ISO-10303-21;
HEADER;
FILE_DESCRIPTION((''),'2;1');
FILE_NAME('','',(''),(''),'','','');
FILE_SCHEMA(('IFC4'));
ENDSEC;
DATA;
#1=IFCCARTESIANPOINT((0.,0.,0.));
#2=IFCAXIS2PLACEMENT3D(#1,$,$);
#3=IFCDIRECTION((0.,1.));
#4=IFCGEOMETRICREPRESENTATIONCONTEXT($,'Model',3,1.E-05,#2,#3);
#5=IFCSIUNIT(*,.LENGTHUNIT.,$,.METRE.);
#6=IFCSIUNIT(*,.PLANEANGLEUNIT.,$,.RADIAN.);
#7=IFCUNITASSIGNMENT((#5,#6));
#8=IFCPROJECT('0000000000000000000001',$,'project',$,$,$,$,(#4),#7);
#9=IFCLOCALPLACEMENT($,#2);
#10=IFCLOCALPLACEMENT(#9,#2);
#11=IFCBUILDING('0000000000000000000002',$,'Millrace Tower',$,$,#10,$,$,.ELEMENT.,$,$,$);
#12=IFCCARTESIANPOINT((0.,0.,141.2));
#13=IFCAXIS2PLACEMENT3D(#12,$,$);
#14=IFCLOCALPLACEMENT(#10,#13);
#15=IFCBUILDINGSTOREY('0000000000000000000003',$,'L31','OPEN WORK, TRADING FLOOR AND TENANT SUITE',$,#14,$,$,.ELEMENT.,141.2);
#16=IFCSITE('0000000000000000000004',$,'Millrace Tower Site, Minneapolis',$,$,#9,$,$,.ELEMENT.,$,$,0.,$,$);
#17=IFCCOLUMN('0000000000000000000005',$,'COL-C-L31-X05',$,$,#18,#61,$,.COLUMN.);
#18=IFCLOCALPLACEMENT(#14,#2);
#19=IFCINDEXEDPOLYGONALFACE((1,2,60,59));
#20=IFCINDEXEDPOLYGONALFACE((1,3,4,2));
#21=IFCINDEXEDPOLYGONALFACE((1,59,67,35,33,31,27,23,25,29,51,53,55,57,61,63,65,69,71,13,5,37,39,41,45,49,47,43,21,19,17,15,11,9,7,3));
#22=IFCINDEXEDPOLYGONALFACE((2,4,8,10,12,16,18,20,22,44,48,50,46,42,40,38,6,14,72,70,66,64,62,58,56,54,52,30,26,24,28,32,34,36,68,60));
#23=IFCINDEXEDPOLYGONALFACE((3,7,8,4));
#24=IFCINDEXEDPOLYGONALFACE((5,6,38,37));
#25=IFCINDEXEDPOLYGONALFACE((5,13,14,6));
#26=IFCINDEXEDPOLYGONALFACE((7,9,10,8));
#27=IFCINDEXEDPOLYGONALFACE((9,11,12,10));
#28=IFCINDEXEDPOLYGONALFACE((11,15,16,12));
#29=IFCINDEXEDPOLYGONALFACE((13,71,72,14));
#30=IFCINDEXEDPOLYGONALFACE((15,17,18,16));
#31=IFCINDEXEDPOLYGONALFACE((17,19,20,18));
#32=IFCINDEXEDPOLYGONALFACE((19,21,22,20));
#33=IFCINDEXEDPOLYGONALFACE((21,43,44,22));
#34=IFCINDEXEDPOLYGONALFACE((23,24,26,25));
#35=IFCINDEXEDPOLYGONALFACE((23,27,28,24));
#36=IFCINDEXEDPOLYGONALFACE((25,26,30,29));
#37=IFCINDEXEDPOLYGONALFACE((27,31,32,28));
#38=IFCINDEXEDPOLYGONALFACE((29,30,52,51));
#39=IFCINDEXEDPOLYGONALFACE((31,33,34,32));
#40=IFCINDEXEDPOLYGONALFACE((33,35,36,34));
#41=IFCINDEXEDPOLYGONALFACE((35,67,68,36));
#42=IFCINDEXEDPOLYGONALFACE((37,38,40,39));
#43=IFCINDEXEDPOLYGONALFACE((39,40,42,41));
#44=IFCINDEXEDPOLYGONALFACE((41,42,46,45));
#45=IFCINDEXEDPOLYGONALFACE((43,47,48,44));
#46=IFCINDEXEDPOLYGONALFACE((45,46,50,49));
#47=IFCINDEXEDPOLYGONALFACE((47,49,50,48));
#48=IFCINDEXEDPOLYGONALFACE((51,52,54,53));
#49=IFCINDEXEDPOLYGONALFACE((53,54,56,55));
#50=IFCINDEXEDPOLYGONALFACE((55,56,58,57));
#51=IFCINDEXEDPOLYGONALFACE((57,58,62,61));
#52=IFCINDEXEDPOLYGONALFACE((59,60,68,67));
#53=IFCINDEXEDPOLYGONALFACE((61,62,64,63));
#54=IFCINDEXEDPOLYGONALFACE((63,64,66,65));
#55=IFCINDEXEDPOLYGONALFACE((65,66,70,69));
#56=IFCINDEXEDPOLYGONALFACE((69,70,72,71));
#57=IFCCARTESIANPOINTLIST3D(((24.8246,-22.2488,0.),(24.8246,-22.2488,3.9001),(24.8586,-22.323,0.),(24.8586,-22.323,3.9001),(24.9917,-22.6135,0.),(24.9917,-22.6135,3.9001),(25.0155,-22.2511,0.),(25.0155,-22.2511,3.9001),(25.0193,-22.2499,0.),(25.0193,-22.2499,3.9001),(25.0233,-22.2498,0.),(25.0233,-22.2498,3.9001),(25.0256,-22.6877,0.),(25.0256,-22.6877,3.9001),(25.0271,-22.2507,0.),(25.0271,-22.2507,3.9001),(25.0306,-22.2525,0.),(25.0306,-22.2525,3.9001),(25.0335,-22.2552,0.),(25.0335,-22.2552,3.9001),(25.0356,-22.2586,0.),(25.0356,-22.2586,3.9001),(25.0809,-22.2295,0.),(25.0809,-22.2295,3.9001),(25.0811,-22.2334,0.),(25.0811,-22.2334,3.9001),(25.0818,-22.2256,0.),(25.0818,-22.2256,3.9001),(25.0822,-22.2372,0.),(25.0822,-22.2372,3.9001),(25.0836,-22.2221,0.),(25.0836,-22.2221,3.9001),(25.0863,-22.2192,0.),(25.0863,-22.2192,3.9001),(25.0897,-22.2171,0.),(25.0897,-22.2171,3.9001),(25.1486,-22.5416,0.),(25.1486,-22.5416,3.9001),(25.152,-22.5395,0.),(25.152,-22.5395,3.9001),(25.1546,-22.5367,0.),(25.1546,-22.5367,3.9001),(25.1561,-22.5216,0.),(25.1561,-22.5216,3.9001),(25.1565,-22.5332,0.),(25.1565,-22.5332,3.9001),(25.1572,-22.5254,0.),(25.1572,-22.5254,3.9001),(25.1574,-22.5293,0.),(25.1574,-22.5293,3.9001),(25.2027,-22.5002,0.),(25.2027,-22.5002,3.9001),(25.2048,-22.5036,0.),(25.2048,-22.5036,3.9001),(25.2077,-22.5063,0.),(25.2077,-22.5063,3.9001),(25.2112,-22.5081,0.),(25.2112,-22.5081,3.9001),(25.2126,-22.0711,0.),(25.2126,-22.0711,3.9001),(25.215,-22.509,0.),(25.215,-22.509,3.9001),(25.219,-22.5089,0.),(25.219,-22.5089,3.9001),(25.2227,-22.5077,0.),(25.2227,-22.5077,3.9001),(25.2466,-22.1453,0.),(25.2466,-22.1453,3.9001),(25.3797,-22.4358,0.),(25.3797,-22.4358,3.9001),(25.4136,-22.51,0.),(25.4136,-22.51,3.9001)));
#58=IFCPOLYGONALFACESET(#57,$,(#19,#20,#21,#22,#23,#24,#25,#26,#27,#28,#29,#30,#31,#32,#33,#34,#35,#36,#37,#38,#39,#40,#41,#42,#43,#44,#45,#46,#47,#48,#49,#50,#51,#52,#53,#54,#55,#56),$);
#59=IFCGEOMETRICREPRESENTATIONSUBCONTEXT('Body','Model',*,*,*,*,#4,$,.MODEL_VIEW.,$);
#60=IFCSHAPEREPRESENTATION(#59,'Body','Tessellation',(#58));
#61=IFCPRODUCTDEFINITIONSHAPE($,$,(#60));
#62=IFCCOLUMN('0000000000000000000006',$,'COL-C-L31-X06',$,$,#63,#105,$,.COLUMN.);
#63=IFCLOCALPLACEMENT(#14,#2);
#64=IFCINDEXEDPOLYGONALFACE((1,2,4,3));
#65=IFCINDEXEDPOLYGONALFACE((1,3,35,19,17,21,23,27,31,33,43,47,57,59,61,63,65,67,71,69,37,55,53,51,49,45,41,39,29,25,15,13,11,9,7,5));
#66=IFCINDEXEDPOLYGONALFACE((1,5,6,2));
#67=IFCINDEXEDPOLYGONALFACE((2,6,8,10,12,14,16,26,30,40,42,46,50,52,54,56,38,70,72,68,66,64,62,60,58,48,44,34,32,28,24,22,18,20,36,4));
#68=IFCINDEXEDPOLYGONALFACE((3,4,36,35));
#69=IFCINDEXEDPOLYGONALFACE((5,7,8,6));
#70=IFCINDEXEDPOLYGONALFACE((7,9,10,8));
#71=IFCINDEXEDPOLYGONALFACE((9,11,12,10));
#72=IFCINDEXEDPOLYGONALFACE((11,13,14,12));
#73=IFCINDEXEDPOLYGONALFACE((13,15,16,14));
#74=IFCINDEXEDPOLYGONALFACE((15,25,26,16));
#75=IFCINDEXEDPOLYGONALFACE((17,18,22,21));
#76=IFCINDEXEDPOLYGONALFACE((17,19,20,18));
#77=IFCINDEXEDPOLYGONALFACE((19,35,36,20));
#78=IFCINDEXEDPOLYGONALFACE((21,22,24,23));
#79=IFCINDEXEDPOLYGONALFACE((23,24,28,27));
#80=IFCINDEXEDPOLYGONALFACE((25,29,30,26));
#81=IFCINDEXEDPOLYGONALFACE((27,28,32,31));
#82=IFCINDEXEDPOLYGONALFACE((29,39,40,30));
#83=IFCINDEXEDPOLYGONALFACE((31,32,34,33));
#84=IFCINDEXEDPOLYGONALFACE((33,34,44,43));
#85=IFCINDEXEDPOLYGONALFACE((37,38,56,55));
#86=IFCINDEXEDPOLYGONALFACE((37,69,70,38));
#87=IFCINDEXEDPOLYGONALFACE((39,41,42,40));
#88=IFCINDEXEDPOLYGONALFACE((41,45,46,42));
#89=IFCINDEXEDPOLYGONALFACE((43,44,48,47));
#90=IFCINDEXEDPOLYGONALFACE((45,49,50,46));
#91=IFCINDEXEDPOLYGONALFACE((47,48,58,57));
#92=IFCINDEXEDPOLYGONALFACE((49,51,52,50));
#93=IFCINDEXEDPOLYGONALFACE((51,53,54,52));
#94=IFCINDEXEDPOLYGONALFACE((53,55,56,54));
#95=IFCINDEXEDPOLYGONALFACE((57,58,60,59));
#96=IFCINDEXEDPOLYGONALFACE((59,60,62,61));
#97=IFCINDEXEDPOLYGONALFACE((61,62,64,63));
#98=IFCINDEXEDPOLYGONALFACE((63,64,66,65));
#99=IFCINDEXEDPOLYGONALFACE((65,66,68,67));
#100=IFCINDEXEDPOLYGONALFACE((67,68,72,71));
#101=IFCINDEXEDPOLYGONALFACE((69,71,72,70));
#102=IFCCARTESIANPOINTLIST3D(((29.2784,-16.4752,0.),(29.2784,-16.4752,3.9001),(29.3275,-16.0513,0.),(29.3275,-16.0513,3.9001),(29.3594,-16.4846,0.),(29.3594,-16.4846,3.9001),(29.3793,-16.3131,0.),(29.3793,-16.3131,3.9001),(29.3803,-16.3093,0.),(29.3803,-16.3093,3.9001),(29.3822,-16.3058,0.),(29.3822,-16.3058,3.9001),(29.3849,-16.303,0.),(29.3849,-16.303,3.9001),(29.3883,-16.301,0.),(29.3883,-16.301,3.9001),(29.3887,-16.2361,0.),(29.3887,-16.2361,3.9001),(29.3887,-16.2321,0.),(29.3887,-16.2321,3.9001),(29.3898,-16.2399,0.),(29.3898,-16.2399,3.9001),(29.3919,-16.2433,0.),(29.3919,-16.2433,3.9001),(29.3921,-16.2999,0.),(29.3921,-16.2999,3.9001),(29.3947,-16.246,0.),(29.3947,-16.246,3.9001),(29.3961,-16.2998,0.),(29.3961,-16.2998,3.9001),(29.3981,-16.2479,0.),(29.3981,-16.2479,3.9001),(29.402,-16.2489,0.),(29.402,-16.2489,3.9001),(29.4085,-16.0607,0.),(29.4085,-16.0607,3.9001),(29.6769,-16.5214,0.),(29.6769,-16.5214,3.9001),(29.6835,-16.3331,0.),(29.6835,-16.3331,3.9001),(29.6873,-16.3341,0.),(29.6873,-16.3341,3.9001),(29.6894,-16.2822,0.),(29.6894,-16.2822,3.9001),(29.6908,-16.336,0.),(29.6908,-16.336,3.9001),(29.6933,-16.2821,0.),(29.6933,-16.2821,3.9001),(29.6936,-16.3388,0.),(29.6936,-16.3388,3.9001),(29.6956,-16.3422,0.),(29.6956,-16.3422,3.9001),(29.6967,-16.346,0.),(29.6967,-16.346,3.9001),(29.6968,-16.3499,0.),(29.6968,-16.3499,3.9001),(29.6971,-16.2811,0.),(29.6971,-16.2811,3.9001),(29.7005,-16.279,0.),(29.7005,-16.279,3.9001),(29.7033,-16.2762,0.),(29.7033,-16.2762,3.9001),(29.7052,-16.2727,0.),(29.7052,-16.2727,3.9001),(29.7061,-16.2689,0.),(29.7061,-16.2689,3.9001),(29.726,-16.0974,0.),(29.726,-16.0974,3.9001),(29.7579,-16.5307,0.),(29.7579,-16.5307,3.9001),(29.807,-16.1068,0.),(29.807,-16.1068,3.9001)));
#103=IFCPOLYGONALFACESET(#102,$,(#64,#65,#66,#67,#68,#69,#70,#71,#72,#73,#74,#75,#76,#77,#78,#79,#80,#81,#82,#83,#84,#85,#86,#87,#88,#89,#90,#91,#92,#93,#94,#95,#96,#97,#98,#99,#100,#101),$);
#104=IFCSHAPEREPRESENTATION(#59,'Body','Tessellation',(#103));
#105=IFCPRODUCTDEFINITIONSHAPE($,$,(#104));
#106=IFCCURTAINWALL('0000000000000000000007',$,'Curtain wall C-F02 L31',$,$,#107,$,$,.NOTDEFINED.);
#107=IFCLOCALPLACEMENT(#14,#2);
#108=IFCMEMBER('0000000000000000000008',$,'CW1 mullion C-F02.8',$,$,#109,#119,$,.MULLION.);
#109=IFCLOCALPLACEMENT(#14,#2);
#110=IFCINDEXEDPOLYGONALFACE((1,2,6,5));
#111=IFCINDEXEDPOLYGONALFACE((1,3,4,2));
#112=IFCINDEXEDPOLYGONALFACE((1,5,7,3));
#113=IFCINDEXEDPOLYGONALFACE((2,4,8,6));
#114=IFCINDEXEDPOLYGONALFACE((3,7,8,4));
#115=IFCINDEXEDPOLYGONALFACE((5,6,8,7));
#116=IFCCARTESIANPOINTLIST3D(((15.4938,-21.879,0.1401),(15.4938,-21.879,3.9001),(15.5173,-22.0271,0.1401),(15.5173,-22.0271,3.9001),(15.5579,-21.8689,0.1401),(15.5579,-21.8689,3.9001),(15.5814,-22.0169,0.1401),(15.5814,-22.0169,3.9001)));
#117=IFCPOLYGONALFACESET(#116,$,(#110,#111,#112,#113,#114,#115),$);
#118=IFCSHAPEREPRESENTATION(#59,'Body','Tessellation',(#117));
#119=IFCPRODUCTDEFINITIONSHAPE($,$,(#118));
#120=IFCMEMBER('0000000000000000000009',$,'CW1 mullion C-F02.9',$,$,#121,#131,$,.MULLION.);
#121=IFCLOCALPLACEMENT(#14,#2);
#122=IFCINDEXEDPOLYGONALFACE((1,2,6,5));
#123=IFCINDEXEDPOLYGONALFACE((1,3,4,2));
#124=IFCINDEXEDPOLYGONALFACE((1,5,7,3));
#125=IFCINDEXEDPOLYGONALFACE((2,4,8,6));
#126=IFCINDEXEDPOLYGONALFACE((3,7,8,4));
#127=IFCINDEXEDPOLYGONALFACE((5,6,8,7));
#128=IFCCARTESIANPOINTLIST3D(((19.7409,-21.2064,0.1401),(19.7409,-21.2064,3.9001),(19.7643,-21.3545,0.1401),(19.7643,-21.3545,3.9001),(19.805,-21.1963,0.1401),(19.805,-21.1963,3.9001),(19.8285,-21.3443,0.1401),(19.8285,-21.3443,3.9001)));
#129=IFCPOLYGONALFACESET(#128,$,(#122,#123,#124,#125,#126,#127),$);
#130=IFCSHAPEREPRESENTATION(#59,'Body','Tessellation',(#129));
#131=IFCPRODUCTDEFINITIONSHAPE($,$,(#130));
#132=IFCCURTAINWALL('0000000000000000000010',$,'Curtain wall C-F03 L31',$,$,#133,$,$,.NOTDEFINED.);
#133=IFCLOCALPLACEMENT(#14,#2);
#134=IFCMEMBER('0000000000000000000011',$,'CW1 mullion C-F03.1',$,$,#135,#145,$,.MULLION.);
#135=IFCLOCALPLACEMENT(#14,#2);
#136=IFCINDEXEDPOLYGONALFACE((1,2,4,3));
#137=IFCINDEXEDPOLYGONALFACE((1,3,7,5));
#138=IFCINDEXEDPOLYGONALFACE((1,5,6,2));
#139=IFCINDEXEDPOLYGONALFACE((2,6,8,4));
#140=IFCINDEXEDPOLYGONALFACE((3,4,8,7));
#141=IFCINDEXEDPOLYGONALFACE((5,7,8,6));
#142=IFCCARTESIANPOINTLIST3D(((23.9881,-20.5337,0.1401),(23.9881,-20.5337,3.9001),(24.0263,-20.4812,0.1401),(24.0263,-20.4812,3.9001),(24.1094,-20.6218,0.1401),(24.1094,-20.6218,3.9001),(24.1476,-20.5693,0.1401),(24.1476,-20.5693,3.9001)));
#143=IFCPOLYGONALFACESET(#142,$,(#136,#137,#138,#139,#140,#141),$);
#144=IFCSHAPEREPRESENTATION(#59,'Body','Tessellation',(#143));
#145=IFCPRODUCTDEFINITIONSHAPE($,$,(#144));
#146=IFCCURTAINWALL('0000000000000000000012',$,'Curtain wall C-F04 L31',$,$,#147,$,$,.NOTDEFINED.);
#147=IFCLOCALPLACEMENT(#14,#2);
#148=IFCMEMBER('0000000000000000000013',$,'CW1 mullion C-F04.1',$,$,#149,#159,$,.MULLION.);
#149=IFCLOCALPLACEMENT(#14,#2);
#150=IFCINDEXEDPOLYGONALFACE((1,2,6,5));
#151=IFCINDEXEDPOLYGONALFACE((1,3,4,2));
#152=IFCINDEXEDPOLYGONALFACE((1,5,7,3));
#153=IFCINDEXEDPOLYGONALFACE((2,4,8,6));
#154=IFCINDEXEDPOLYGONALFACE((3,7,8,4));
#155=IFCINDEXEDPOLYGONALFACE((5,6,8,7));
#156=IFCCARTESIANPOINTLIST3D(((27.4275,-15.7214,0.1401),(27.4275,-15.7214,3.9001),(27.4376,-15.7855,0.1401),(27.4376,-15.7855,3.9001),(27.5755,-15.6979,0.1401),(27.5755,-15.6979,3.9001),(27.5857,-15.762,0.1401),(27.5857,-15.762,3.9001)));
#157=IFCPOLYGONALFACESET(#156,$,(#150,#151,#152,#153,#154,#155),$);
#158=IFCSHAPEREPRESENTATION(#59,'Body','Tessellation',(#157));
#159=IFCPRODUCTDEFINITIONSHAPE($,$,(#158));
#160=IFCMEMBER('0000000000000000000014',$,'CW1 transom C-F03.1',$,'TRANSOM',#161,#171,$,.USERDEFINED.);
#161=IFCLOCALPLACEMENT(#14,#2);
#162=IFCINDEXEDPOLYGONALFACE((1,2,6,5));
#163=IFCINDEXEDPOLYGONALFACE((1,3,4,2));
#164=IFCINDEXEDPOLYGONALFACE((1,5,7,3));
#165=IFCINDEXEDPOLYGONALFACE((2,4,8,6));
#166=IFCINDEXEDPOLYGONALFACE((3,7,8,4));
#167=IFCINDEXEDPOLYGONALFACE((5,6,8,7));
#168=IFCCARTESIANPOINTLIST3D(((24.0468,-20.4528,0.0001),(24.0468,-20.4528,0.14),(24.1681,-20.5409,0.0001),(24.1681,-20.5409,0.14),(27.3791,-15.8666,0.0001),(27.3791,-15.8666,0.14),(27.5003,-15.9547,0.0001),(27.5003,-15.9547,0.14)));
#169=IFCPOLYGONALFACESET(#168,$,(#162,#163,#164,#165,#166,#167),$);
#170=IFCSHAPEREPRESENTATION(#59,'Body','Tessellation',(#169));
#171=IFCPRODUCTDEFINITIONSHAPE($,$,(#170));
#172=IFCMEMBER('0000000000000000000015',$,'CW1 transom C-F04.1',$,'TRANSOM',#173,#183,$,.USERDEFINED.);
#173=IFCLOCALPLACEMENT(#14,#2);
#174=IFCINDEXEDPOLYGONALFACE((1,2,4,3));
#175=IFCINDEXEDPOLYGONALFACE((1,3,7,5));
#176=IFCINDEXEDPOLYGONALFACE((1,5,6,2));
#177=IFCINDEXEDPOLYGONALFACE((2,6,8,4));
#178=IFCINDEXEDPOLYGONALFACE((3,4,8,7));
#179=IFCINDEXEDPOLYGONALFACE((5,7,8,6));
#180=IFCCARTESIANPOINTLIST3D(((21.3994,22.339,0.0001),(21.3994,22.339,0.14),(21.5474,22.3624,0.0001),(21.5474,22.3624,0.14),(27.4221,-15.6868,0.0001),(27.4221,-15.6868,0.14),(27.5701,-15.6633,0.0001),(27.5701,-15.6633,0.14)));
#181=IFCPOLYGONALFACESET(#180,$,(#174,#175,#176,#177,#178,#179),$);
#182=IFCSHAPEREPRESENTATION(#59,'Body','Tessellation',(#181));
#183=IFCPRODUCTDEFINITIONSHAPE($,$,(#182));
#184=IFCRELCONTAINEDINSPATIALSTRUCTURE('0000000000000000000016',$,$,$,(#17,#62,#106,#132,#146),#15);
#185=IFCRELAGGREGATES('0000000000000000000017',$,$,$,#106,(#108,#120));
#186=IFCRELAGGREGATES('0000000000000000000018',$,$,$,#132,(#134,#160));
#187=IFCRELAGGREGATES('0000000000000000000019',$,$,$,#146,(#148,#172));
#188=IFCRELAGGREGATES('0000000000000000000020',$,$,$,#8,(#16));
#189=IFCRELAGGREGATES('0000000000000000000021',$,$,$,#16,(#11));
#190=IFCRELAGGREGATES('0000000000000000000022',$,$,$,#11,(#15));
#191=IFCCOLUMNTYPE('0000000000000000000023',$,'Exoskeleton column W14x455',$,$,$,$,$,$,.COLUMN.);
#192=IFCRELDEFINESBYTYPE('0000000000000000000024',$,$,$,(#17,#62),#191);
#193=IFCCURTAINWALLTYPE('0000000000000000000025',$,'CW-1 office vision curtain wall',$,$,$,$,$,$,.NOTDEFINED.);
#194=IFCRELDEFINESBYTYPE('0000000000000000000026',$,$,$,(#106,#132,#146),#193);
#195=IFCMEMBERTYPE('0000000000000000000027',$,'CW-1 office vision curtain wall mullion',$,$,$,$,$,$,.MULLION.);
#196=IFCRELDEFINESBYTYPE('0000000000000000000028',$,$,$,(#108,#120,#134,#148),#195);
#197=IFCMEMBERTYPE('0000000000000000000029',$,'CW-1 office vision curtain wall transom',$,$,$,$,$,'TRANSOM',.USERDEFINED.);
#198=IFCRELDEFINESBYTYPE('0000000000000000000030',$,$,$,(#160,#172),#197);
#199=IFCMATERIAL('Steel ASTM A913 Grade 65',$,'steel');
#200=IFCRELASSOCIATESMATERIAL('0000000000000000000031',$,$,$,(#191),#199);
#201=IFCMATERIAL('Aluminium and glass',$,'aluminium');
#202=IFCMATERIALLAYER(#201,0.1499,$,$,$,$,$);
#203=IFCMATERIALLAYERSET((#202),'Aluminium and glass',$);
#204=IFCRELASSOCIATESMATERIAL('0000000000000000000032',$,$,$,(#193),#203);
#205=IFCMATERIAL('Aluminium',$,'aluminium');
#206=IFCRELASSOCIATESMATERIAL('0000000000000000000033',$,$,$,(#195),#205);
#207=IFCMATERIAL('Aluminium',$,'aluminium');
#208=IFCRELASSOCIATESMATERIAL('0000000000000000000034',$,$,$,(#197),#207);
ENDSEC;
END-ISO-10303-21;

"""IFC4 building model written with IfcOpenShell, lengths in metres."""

from ifc_helpers import new_model, si_unit, direction, frame, origin, origin_2d, place, context, subcontext, project, spatial, rectangle, i_section, extrude, material, layer, layer_set, material_profile, profile_set, type_object, element, aggregate, save


model = new_model("IFC4")

# Units and contexts
model_context = context("Model", 3, precision=1e-05, world=origin(), true_north=direction((0.0, 1.0)))
body_context = subcontext(model_context, "Body", "Model", "MODEL_VIEW")
ifc_project = project(units=[si_unit("LENGTHUNIT", "METRE"), si_unit("PLANEANGLEUNIT", "RADIAN")], contexts=[model_context])

# Site, building, storey
site_placement = place(None, origin())
site = spatial("IfcSite", under=ifc_project, at=site_placement, Name="Millrace Tower Site, Minneapolis", CompositionType="ELEMENT", RefElevation=0.0)
building_placement = place(site_placement, origin())
building = spatial("IfcBuilding", under=site, at=building_placement, Name="Millrace Tower", CompositionType="ELEMENT")
storey_placement = place(building_placement, frame((0.0, 0.0, 141.2)))
storey = spatial("IfcBuildingStorey", under=building, at=storey_placement, Name="L31", Description="OPEN WORK, TRADING FLOOR AND TENANT SUITE", CompositionType="ELEMENT", Elevation=141.2)

# Columns
ifc_material_1 = material(Name="Steel ASTM A913 Grade 65", Category="steel")
ifc_material_profile_1 = material_profile(ifc_material_1, i_section(OverallWidth=0.4268, OverallDepth=0.4827, WebThickness=0.0513, FlangeThickness=0.0815, FilletRadius=0.0151, at=origin_2d()))
ifc_profile_set_1 = profile_set([ifc_material_profile_1], Name="Steel ASTM A913 Grade 65")
column_type = type_object("IfcColumnType", Name="Exoskeleton column W14x455", PredefinedType="COLUMN", material=ifc_profile_set_1)
for number, where, z_axis, x_axis, name in (
    (1, (25.1191, -22.3794, 0.0), (0.0, 0.0, 1.0), (0.909181, 0.416401, 0.0), "COL-C-L31-X05"),
    (2, (29.5427, -16.291, 0.0), (0.0, 0.0, 1.0), (0.115069, 0.993358, 0.0), "COL-C-L31-X06"),
):
    element("IfcColumn", number, at=place(storey_placement, frame(where, z_axis=z_axis, x_axis=x_axis)), inside=storey, type_object=column_type, Name=name, PredefinedType="COLUMN", context=body_context, shape_type="SweptSolid", body=[
        extrude(i_section(OverallWidth=0.4268, OverallDepth=0.4827, WebThickness=0.0513, FlangeThickness=0.0815, FilletRadius=0.0151, at=origin_2d()), origin(), (0.0, 0.0, 1.0), 3.9001),
    ])

# Curtain wall, members
ifc_material_2 = material(Name="Aluminium and glass", Category="aluminium")
ifc_layer_1 = layer(ifc_material_2, 0.1499)
ifc_layer_set_1 = layer_set([ifc_layer_1], Name="Aluminium and glass")
curtain_wall_type = type_object("IfcCurtainWallType", Name="CW-1 office vision curtain wall", PredefinedType="NOTDEFINED", material=ifc_layer_set_1)
placement = place(storey_placement, origin())
curtain_wall_1 = element("IfcCurtainWall", 3, at=placement, inside=storey, type_object=curtain_wall_type, Name="Curtain wall C-F02 L31", PredefinedType="NOTDEFINED")
ifc_material_3 = material(Name="Aluminium", Category="aluminium")
ifc_material_profile_2 = material_profile(ifc_material_3, rectangle(XDim=0.0649, YDim=0.1499, at=origin_2d()))
ifc_profile_set_2 = profile_set([ifc_material_profile_2], Name="Aluminium")
member_type_1 = type_object("IfcMemberType", Name="CW-1 office vision curtain wall mullion", PredefinedType="MULLION", material=ifc_profile_set_2)
member_1_placement = place(storey_placement, frame((15.5376, -21.948, 0.1401), z_axis=(0.0, 0.0, 1.0), x_axis=(0.987688, 0.156434, 0.0)))
member_1 = element("IfcMember", 4, at=member_1_placement, type_object=member_type_1, Name="CW1 mullion C-F02.8", PredefinedType="MULLION", context=body_context, shape_type="SweptSolid", body=[
    extrude(rectangle(XDim=0.0649, YDim=0.1499, at=origin_2d()), origin(), (0.0, 0.0, 1.0), 3.76),
])
member_2_placement = place(storey_placement, frame((19.7847, -21.2754, 0.1401), z_axis=(0.0, 0.0, 1.0), x_axis=(0.987688, 0.156434, 0.0)))
member_2 = element("IfcMember", 5, at=member_2_placement, type_object=member_type_1, Name="CW1 mullion C-F02.9", PredefinedType="MULLION", context=body_context, shape_type="SweptSolid", body=[
    extrude(rectangle(XDim=0.0649, YDim=0.1499, at=origin_2d()), origin(), (0.0, 0.0, 1.0), 3.76),
])
aggregate(curtain_wall_1, [member_1, member_2])

# Curtain walls, members
curtain_wall_2 = element("IfcCurtainWall", 6, at=placement, inside=storey, type_object=curtain_wall_type, Name="Curtain wall C-F03 L31", PredefinedType="NOTDEFINED")
member_3_placement = place(storey_placement, frame((24.0679, -20.5515, 0.1401), z_axis=(0.0, 0.0, 1.0), x_axis=(0.587785, 0.809017, 0.0)))
member_3 = element("IfcMember", 7, at=member_3_placement, type_object=member_type_1, Name="CW1 mullion C-F03.1", PredefinedType="MULLION", context=body_context, shape_type="SweptSolid", body=[
    extrude(rectangle(XDim=0.0649, YDim=0.1499, at=origin_2d()), origin(), (0.0, 0.0, 1.0), 3.76),
])
curtain_wall_3 = element("IfcCurtainWall", 8, at=placement, inside=storey, type_object=curtain_wall_type, Name="Curtain wall C-F04 L31", PredefinedType="NOTDEFINED")
member_4_placement = place(storey_placement, frame((27.5066, -15.7417, 0.1401), z_axis=(0.0, 0.0, 1.0), x_axis=(-0.156434, 0.987688, 0.0)))
member_4 = element("IfcMember", 9, at=member_4_placement, type_object=member_type_1, Name="CW1 mullion C-F04.1", PredefinedType="MULLION", context=body_context, shape_type="SweptSolid", body=[
    extrude(rectangle(XDim=0.0649, YDim=0.1499, at=origin_2d()), origin(), (0.0, 0.0, 1.0), 3.76),
])

# Members
ifc_material_4 = material(Name="Aluminium", Category="aluminium")
ifc_material_profile_3 = material_profile(ifc_material_4, rectangle(XDim=0.1499, YDim=0.1399, at=origin_2d()))
ifc_profile_set_3 = profile_set([ifc_material_profile_3], Name="Aluminium")
member_type_2 = type_object("IfcMemberType", Name="CW-1 office vision curtain wall transom", ElementType="TRANSOM", PredefinedType="USERDEFINED", material=ifc_profile_set_3)
member_5_placement = place(storey_placement, frame((24.1074, -20.4968, 0.0701), z_axis=(0.587811, 0.808999, 0.0), x_axis=(-0.808999, 0.587811, 0.0)))
member_5 = element("IfcMember", 10, at=member_5_placement, type_object=member_type_2, Name="CW1 transom C-F03.1", ObjectType="TRANSOM", PredefinedType="USERDEFINED", context=body_context, shape_type="SweptSolid", body=[
    extrude(rectangle(XDim=0.1499, YDim=0.1399, at=origin_2d()), origin(), (0.0, 0.0, 1.0), 5.6689),
])
aggregate(curtain_wall_2, [member_3, member_5])
member_6_placement = place(storey_placement, frame((27.4961, -15.675, 0.0701), z_axis=(-0.156434, 0.987688, 0.0), x_axis=(-0.987688, -0.156434, 0.0)))
member_6 = element("IfcMember", 11, at=member_6_placement, type_object=member_type_2, Name="CW1 transom C-F04.1", ObjectType="TRANSOM", PredefinedType="USERDEFINED", context=body_context, shape_type="SweptSolid", body=[
    extrude(rectangle(XDim=0.1499, YDim=0.1399, at=origin_2d()), origin(), (0.0, 0.0, 1.0), 38.4998),
])
aggregate(curtain_wall_3, [member_4, member_6])

save(model, "model.ifc")
